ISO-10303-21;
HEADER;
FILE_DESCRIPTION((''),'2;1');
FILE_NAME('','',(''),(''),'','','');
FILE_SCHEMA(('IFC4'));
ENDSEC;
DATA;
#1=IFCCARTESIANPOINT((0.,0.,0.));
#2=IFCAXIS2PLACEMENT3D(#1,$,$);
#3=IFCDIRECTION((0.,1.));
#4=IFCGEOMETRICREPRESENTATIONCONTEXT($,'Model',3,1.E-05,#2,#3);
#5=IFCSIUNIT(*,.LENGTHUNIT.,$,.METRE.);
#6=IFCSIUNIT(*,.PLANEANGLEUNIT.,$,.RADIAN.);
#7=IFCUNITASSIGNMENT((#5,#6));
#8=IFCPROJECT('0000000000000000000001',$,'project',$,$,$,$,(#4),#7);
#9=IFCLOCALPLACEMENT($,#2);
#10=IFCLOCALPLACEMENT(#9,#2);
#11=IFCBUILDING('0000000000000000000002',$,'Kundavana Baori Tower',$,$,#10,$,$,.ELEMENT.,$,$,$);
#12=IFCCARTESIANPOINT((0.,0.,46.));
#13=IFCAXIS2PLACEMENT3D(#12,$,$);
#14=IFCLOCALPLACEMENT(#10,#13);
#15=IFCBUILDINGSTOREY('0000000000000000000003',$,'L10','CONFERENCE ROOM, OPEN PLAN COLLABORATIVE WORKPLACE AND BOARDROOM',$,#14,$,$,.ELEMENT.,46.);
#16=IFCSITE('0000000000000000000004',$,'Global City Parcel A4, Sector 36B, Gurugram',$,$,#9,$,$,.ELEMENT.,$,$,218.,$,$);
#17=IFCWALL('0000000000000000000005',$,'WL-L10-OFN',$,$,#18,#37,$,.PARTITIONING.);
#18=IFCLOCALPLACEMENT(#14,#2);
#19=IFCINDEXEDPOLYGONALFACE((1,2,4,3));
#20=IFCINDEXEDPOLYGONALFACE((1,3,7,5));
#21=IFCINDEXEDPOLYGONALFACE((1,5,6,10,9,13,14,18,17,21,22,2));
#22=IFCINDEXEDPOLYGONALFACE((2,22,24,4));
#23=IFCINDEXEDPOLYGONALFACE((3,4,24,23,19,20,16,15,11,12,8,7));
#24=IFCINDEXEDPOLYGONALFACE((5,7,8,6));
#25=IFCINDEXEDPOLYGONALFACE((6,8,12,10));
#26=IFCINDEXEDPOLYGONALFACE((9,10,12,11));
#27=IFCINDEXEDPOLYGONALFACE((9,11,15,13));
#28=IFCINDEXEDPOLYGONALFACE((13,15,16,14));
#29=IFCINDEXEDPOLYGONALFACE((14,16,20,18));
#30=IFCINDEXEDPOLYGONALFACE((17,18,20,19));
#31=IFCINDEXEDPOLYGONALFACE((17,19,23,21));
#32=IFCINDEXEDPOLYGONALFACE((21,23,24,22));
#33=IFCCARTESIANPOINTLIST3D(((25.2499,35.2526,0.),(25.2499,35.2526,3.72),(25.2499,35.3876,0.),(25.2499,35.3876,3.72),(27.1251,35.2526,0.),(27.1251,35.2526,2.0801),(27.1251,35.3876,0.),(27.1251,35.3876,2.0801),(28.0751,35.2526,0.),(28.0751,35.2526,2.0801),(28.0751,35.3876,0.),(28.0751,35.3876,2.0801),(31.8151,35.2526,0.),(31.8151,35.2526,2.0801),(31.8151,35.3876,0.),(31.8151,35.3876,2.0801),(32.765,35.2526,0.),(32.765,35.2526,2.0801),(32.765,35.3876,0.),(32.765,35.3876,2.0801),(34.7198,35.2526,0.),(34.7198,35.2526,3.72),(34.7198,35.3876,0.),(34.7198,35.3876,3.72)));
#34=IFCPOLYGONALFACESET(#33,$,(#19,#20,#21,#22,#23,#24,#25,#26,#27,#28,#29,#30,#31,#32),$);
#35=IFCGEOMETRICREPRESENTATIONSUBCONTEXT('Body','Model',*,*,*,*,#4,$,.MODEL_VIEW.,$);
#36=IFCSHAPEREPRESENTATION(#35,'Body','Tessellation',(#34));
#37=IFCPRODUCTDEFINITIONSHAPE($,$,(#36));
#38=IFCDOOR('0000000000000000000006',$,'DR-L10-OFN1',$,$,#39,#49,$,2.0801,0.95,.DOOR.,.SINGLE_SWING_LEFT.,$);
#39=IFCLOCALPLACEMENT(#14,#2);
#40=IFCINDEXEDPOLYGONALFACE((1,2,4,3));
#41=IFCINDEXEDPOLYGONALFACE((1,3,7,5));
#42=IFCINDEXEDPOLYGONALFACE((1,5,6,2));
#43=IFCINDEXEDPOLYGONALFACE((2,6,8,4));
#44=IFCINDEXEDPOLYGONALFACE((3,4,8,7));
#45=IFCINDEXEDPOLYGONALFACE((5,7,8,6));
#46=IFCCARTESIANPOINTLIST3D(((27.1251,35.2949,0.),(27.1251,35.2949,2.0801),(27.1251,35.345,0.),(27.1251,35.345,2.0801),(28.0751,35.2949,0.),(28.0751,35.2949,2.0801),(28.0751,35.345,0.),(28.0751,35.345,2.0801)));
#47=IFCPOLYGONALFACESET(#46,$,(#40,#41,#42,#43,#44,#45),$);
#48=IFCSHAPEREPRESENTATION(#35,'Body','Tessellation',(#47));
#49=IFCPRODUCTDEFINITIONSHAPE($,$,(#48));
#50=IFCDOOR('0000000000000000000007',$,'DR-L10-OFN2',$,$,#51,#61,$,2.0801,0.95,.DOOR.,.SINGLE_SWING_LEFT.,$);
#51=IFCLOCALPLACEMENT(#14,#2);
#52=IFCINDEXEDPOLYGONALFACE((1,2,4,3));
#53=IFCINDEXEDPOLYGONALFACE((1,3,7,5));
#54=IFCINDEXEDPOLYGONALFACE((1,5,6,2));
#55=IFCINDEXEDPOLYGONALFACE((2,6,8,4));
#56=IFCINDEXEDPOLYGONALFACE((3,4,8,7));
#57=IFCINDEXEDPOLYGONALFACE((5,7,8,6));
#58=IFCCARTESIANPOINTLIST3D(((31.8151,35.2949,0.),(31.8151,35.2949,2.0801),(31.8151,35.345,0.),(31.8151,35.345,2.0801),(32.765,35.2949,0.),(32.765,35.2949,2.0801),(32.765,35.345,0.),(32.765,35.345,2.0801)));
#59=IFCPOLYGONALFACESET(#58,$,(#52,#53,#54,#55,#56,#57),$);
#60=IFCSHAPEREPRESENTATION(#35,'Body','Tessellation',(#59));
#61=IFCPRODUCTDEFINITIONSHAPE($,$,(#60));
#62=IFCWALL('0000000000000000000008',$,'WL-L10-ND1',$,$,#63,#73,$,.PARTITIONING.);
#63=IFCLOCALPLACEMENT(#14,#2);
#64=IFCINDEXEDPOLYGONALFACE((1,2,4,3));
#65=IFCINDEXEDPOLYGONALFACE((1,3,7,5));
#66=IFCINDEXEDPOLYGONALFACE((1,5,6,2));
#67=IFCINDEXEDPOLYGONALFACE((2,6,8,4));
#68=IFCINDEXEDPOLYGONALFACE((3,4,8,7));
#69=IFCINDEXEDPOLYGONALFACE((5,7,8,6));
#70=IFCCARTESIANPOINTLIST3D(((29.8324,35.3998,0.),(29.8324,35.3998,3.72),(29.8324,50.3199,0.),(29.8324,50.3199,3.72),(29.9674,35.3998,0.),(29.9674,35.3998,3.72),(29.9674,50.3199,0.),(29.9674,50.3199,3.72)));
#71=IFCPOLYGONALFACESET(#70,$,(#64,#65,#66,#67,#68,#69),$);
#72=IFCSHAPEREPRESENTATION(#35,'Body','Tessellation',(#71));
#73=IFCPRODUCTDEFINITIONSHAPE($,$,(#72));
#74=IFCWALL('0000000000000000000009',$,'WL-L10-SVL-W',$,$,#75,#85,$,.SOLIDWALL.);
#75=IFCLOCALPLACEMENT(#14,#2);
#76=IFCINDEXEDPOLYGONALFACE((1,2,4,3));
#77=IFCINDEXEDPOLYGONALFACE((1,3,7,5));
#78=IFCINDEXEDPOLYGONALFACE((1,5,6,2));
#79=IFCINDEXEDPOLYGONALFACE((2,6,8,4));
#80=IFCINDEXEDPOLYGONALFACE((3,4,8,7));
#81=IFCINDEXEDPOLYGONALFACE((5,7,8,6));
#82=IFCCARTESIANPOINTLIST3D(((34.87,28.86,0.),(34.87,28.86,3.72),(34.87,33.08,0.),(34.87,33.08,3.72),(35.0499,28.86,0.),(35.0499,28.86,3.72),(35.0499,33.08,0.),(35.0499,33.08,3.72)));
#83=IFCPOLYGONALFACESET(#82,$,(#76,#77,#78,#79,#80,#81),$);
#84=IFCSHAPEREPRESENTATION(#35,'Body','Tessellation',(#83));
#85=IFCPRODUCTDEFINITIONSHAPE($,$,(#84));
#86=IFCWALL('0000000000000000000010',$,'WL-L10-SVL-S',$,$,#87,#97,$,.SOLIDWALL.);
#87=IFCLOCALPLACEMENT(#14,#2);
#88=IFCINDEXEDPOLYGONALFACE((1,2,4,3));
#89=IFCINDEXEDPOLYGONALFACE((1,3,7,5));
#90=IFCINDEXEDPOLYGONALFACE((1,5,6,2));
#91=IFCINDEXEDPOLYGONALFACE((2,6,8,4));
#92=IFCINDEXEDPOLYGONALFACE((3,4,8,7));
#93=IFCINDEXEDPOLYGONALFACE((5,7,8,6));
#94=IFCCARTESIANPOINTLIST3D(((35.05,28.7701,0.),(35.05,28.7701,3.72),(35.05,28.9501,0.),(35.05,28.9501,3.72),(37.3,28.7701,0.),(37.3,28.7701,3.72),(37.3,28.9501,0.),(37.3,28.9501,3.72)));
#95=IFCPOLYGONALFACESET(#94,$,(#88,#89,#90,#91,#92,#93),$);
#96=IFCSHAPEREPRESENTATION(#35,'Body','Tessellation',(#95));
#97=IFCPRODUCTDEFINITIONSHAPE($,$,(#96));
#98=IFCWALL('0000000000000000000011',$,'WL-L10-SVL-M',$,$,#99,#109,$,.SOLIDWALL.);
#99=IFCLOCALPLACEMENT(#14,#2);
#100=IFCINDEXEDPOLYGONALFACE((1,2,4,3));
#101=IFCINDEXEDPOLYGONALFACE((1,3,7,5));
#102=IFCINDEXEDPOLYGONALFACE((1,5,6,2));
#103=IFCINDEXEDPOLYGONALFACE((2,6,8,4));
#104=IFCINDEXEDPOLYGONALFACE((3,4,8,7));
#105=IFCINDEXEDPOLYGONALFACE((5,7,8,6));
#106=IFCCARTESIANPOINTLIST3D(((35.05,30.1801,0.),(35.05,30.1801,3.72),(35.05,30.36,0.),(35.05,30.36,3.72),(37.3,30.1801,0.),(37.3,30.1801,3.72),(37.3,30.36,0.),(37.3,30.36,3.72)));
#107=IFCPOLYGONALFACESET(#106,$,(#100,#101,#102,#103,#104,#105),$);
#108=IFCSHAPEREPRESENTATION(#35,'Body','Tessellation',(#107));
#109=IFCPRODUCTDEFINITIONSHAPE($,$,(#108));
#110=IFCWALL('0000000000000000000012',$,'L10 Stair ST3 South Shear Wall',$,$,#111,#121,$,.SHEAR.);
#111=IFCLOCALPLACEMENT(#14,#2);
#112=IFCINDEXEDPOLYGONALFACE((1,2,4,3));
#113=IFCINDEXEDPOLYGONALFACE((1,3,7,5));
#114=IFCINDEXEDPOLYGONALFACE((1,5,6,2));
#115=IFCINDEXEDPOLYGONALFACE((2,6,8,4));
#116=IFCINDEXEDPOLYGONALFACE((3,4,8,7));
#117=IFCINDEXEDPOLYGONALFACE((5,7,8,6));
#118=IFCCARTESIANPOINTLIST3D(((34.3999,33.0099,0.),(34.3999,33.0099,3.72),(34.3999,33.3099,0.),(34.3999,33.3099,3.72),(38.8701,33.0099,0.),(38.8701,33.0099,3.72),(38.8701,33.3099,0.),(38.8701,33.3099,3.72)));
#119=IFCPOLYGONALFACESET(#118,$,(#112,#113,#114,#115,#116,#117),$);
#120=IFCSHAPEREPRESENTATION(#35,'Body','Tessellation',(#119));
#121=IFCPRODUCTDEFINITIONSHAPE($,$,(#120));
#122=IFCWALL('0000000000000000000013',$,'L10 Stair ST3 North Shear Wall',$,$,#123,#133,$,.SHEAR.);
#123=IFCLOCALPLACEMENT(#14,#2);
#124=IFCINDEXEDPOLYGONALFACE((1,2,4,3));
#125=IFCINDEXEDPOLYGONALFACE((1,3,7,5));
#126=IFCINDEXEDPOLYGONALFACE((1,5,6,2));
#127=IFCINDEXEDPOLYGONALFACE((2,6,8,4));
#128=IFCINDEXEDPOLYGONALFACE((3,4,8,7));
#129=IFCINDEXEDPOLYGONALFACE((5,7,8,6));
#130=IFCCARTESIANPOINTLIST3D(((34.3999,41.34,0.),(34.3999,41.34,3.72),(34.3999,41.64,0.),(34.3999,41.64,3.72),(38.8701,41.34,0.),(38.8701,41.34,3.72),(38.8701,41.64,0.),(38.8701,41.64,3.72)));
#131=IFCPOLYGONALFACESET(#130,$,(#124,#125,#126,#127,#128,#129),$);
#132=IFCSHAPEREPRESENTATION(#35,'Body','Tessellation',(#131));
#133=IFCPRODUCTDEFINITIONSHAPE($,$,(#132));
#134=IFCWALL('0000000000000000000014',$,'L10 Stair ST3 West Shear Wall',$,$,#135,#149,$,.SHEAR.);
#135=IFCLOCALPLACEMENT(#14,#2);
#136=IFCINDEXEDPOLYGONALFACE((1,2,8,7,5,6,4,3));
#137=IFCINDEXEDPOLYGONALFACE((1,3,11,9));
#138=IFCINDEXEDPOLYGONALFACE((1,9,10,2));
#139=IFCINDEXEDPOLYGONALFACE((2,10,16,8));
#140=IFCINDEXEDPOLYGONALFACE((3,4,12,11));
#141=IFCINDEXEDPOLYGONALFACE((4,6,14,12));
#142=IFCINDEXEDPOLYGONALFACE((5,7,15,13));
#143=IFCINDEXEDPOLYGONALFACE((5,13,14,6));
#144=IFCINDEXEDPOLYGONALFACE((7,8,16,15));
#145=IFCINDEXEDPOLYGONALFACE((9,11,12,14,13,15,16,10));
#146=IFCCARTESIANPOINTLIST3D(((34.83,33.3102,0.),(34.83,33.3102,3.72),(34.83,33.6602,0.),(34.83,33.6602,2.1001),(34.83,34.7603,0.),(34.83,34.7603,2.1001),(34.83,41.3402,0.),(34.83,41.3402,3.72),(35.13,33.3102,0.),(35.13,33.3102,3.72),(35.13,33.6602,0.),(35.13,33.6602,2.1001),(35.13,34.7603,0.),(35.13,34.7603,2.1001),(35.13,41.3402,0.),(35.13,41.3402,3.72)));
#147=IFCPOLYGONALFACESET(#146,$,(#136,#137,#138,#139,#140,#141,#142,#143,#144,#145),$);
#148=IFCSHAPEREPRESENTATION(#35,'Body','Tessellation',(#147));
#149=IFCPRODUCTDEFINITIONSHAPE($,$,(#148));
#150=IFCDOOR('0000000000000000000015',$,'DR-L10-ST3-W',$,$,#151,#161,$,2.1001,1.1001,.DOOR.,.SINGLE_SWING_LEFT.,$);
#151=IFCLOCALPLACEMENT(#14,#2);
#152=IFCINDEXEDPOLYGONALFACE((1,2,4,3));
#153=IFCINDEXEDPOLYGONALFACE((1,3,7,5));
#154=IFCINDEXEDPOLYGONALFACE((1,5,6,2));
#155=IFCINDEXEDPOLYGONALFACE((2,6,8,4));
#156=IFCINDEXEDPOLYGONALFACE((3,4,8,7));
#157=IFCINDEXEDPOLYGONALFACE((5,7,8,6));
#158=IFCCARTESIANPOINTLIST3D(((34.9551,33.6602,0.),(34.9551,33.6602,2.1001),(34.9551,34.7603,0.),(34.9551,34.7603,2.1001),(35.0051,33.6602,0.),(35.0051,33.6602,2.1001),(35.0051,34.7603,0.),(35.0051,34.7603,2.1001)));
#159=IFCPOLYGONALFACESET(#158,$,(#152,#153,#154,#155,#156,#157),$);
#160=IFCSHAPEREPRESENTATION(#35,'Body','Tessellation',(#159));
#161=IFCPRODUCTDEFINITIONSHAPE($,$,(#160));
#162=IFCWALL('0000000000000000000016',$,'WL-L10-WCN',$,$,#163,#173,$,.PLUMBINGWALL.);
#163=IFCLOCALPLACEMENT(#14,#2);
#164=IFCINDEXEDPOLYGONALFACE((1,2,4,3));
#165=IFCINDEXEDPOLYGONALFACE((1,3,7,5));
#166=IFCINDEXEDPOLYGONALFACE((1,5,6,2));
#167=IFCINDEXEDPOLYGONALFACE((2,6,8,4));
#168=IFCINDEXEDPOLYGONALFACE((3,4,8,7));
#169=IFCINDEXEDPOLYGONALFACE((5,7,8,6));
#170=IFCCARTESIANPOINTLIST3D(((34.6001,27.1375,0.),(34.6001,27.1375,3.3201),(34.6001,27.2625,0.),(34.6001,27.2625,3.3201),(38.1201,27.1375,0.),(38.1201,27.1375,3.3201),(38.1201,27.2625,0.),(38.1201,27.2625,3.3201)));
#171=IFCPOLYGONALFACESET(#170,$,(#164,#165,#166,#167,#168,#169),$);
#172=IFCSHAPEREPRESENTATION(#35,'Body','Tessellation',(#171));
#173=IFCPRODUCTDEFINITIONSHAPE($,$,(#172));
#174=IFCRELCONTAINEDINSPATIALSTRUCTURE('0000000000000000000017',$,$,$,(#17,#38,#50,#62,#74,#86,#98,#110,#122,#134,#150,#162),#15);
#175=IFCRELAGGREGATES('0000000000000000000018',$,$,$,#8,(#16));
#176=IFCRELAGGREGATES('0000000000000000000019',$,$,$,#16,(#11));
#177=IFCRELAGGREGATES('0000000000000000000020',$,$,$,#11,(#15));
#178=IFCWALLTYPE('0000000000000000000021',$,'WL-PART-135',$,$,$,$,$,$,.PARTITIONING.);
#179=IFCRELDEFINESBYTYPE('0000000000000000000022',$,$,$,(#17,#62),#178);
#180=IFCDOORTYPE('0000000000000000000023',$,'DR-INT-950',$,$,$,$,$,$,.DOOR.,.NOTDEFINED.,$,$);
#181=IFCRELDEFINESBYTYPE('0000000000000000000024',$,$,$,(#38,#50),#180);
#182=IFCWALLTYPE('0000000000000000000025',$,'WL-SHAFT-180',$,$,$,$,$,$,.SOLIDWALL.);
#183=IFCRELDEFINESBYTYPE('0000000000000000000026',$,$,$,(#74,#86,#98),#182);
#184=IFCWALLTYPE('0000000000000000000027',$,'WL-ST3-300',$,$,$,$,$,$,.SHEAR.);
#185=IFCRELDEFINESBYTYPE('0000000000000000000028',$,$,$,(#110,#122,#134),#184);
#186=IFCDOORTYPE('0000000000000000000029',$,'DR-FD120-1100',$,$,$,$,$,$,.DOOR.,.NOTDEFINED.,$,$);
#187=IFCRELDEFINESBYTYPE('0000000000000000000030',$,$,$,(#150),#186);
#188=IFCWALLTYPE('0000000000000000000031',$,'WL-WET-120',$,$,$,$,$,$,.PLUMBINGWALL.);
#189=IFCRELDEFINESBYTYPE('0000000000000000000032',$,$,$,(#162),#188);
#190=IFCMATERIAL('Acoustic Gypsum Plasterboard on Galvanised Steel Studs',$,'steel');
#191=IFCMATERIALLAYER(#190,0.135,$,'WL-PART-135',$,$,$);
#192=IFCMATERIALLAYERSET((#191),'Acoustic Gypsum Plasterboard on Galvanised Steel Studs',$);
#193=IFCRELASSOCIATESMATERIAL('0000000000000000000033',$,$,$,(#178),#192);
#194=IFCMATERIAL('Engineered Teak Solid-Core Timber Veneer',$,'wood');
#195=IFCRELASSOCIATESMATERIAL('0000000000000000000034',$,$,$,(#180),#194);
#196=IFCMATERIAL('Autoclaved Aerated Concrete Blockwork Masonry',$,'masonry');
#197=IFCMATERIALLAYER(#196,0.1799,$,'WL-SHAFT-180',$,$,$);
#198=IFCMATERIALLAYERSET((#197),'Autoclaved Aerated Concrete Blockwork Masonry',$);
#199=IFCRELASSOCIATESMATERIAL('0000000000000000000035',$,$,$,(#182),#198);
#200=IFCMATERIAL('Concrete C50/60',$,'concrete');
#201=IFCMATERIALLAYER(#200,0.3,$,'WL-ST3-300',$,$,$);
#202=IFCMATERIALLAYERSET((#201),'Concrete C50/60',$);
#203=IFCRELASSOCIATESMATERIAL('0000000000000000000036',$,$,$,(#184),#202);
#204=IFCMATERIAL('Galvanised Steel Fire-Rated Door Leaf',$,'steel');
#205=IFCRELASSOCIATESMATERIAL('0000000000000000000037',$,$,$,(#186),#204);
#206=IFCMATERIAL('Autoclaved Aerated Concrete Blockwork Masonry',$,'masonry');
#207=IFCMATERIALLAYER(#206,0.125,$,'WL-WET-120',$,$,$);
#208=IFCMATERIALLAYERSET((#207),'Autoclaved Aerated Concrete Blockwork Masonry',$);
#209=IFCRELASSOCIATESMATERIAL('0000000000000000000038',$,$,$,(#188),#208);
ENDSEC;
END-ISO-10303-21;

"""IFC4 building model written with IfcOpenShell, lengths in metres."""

from ifc_helpers import new_model, si_unit, direction, frame, frame_2d, origin, place, context, subcontext, project, spatial, rectangle, extrude, material, layer, layer_set, type_object, element, fill, save


model = new_model("IFC4")

# Units and contexts
model_context = context("Model", 3, precision=1e-05, world=origin(), true_north=direction((0.0, 1.0)))
body_context = subcontext(model_context, "Body", "Model", "MODEL_VIEW")
ifc_project = project(units=[si_unit("LENGTHUNIT", "METRE"), si_unit("PLANEANGLEUNIT", "RADIAN")], contexts=[model_context])

# Site, building, storey
site_placement = place(None, origin())
site = spatial("IfcSite", under=ifc_project, at=site_placement, Name="Global City Parcel A4, Sector 36B, Gurugram", CompositionType="ELEMENT", RefElevation=218.0)
building_placement = place(site_placement, origin())
building = spatial("IfcBuilding", under=site, at=building_placement, Name="Kundavana Baori Tower", CompositionType="ELEMENT")
storey_placement = place(building_placement, frame((0.0, 0.0, 46.0)))
storey = spatial("IfcBuildingStorey", under=building, at=storey_placement, Name="L10", Description="CONFERENCE ROOM, OPEN PLAN COLLABORATIVE WORKPLACE AND BOARDROOM", CompositionType="ELEMENT", Elevation=46.0)

# Wall, openings, doors
ifc_material_1 = material(Name="Acoustic Gypsum Plasterboard on Galvanised Steel Studs", Category="steel")
ifc_layer_1 = layer(ifc_material_1, 0.135, Name="WL-PART-135")
ifc_layer_set_1 = layer_set([ifc_layer_1], Name="Acoustic Gypsum Plasterboard on Galvanised Steel Studs")
wall_type_1 = type_object("IfcWallType", Name="WL-PART-135", PredefinedType="PARTITIONING", material=ifc_layer_set_1)
wall_1_placement = place(storey_placement, frame((25.25, 35.3201, 0.0), z_axis=(0.0, 0.0, 1.0), x_axis=(1.0, 0.0, 0.0)))
wall_1 = element("IfcWall", 1, at=wall_1_placement, inside=storey, type_object=wall_type_1, Name="WL-L10-OFN", PredefinedType="PARTITIONING", context=body_context, shape_type="SweptSolid", body=[
    extrude(rectangle(XDim=9.47, YDim=0.135, at=frame_2d((4.7349, 0.0))), origin(), (0.0, 0.0, 1.0), 3.72),
])
opening_1_placement = place(wall_1_placement, frame((1.875, 0.0, 0.0)))
opening_1 = element("IfcOpeningElement", 2, at=opening_1_placement, cuts=wall_1, PredefinedType="OPENING", context=body_context, shape_type="SweptSolid", body=[
    extrude(rectangle(XDim=0.95, YDim=2.0801, at=frame_2d((0.4751, 1.04))), frame((0.0, 0.0776, 0.0), z_axis=(0.0, -1.0, 0.0), x_axis=(1.0, 0.0, 0.0)), (0.0, 0.0, 1.0), 0.155),
])
opening_2_placement = place(wall_1_placement, frame((6.5649, 0.0, 0.0)))
opening_2 = element("IfcOpeningElement", 3, at=opening_2_placement, cuts=wall_1, PredefinedType="OPENING", context=body_context, shape_type="SweptSolid", body=[
    extrude(rectangle(XDim=0.95, YDim=2.0801, at=frame_2d((0.4751, 1.04))), frame((0.0, 0.0776, 0.0), z_axis=(0.0, -1.0, 0.0), x_axis=(1.0, 0.0, 0.0)), (0.0, 0.0, 1.0), 0.155),
])
ifc_material_2 = material(Name="Engineered Teak Solid-Core Timber Veneer", Category="wood")
door_type_1 = type_object("IfcDoorType", Name="DR-INT-950", OperationType="NOTDEFINED", PredefinedType="DOOR", material=ifc_material_2)
door_1_placement = place(opening_1_placement, origin())
door_1 = element("IfcDoor", 4, at=door_1_placement, inside=storey, type_object=door_type_1, Name="DR-L10-OFN1", OperationType="SINGLE_SWING_LEFT", OverallHeight=2.0801, OverallWidth=0.95, PredefinedType="DOOR", context=body_context, shape_type="SweptSolid", body=[
    extrude(rectangle(XDim=0.95, YDim=2.0801, at=frame_2d((0.4751, 1.04))), frame((0.0, 0.0249, 0.0), z_axis=(0.0, -1.0, 0.0), x_axis=(1.0, 0.0, 0.0)), (0.0, 0.0, 1.0), 0.05),
])
fill(opening_1, door_1)
door_2_placement = place(opening_2_placement, origin())
door_2 = element("IfcDoor", 5, at=door_2_placement, inside=storey, type_object=door_type_1, Name="DR-L10-OFN2", OperationType="SINGLE_SWING_LEFT", OverallHeight=2.0801, OverallWidth=0.95, PredefinedType="DOOR", context=body_context, shape_type="SweptSolid", body=[
    extrude(rectangle(XDim=0.95, YDim=2.0801, at=frame_2d((0.4751, 1.04))), frame((0.0, 0.0249, 0.0), z_axis=(0.0, -1.0, 0.0), x_axis=(1.0, 0.0, 0.0)), (0.0, 0.0, 1.0), 0.05),
])
fill(opening_2, door_2)

# Walls
wall_2_placement = place(storey_placement, frame((29.8999, 35.3999, 0.0), z_axis=(0.0, 0.0, 1.0), x_axis=(0.0, 1.0, 0.0)))
element("IfcWall", 6, at=wall_2_placement, inside=storey, type_object=wall_type_1, Name="WL-L10-ND1", PredefinedType="PARTITIONING", context=body_context, shape_type="SweptSolid", body=[
    extrude(rectangle(XDim=14.9202, YDim=0.135, at=frame_2d((7.46, 0.0))), origin(), (0.0, 0.0, 1.0), 3.72),
])
ifc_material_3 = material(Name="Autoclaved Aerated Concrete Blockwork Masonry", Category="masonry")
ifc_layer_2 = layer(ifc_material_3, 0.1799, Name="WL-SHAFT-180")
ifc_layer_set_2 = layer_set([ifc_layer_2], Name="Autoclaved Aerated Concrete Blockwork Masonry")
wall_type_2 = type_object("IfcWallType", Name="WL-SHAFT-180", PredefinedType="SOLIDWALL", material=ifc_layer_set_2)
wall_3_placement = place(storey_placement, frame((34.96, 28.8601, 0.0), z_axis=(0.0, 0.0, 1.0), x_axis=(0.0, 1.0, 0.0)))
element("IfcWall", 7, at=wall_3_placement, inside=storey, type_object=wall_type_2, Name="WL-L10-SVL-W", PredefinedType="SOLIDWALL", context=body_context, shape_type="SweptSolid", body=[
    extrude(rectangle(XDim=4.22, YDim=0.1799, at=frame_2d((2.1099, 0.0))), origin(), (0.0, 0.0, 1.0), 3.72),
])
for number, where, z_axis, x_axis, name in (
    (8, (35.05, 28.8601, 0.0), (0.0, 0.0, 1.0), (1.0, 0.0, 0.0), "WL-L10-SVL-S"),
    (9, (35.05, 30.27, 0.0), (0.0, 0.0, 1.0), (1.0, 0.0, 0.0), "WL-L10-SVL-M"),
):
    element("IfcWall", number, at=place(storey_placement, frame(where, z_axis=z_axis, x_axis=x_axis)), inside=storey, type_object=wall_type_2, Name=name, PredefinedType="SOLIDWALL", context=body_context, shape_type="SweptSolid", body=[
        extrude(rectangle(XDim=2.25, YDim=0.1799, at=frame_2d((1.125, 0.0))), origin(), (0.0, 0.0, 1.0), 3.72),
    ])
ifc_material_4 = material(Name="Concrete C50/60", Category="concrete")
ifc_layer_3 = layer(ifc_material_4, 0.3, Name="WL-ST3-300")
ifc_layer_set_3 = layer_set([ifc_layer_3], Name="Concrete C50/60")
wall_type_3 = type_object("IfcWallType", Name="WL-ST3-300", PredefinedType="SHEAR", material=ifc_layer_set_3)
for number, where, z_axis, x_axis, name in (
    (10, (34.3999, 33.1599, 0.0), (0.0, 0.0, 1.0), (1.0, 0.0, 0.0), "L10 Stair ST3 South Shear Wall"),
    (11, (34.3999, 41.49, 0.0), (0.0, 0.0, 1.0), (1.0, 0.0, 0.0), "L10 Stair ST3 North Shear Wall"),
):
    element("IfcWall", number, at=place(storey_placement, frame(where, z_axis=z_axis, x_axis=x_axis)), inside=storey, type_object=wall_type_3, Name=name, PredefinedType="SHEAR", context=body_context, shape_type="SweptSolid", body=[
        extrude(rectangle(XDim=4.4702, YDim=0.3, at=frame_2d((2.2351, 0.0))), origin(), (0.0, 0.0, 1.0), 3.72),
    ])

# Wall, opening, door
wall_4_placement = place(storey_placement, frame((34.98, 33.3101, 0.0), z_axis=(0.0, 0.0, 1.0), x_axis=(0.0, 1.0, 0.0)))
wall_4 = element("IfcWall", 12, at=wall_4_placement, inside=storey, type_object=wall_type_3, Name="L10 Stair ST3 West Shear Wall", PredefinedType="SHEAR", context=body_context, shape_type="SweptSolid", body=[
    extrude(rectangle(XDim=8.03, YDim=0.3, at=frame_2d((4.0151, 0.0))), origin(), (0.0, 0.0, 1.0), 3.72),
])
opening_3_placement = place(wall_4_placement, frame((0.3501, 0.0, 0.0)))
opening_3 = element("IfcOpeningElement", 13, at=opening_3_placement, cuts=wall_4, PredefinedType="OPENING", context=body_context, shape_type="SweptSolid", body=[
    extrude(rectangle(XDim=1.1001, YDim=2.1001, at=frame_2d((0.55, 1.05))), frame((0.0, 0.1602, 0.0), z_axis=(0.0, -1.0, 0.0), x_axis=(1.0, 0.0, 0.0)), (0.0, 0.0, 1.0), 0.3201),
])
ifc_material_5 = material(Name="Galvanised Steel Fire-Rated Door Leaf", Category="steel")
door_type_2 = type_object("IfcDoorType", Name="DR-FD120-1100", OperationType="NOTDEFINED", PredefinedType="DOOR", material=ifc_material_5)
door_3_placement = place(opening_3_placement, origin())
door_3 = element("IfcDoor", 14, at=door_3_placement, inside=storey, type_object=door_type_2, Name="DR-L10-ST3-W", OperationType="SINGLE_SWING_LEFT", OverallHeight=2.1001, OverallWidth=1.1001, PredefinedType="DOOR", context=body_context, shape_type="SweptSolid", body=[
    extrude(rectangle(XDim=1.1001, YDim=2.1001, at=frame_2d((0.55, 1.05))), frame((0.0, 0.0249, 0.0), z_axis=(0.0, -1.0, 0.0), x_axis=(1.0, 0.0, 0.0)), (0.0, 0.0, 1.0), 0.05),
])
fill(opening_3, door_3)

# Wall
ifc_material_6 = material(Name="Autoclaved Aerated Concrete Blockwork Masonry", Category="masonry")
ifc_layer_4 = layer(ifc_material_6, 0.125, Name="WL-WET-120")
ifc_layer_set_4 = layer_set([ifc_layer_4], Name="Autoclaved Aerated Concrete Blockwork Masonry")
wall_type_4 = type_object("IfcWallType", Name="WL-WET-120", PredefinedType="PLUMBINGWALL", material=ifc_layer_set_4)
wall_5_placement = place(storey_placement, frame((34.6001, 27.2, 0.0), z_axis=(0.0, 0.0, 1.0), x_axis=(1.0, 0.0, 0.0)))
element("IfcWall", 15, at=wall_5_placement, inside=storey, type_object=wall_type_4, Name="WL-L10-WCN", PredefinedType="PLUMBINGWALL", context=body_context, shape_type="SweptSolid", body=[
    extrude(rectangle(XDim=3.52, YDim=0.125, at=frame_2d((1.76, 0.0))), origin(), (0.0, 0.0, 1.0), 3.3201),
])

save(model, "model.ifc")
